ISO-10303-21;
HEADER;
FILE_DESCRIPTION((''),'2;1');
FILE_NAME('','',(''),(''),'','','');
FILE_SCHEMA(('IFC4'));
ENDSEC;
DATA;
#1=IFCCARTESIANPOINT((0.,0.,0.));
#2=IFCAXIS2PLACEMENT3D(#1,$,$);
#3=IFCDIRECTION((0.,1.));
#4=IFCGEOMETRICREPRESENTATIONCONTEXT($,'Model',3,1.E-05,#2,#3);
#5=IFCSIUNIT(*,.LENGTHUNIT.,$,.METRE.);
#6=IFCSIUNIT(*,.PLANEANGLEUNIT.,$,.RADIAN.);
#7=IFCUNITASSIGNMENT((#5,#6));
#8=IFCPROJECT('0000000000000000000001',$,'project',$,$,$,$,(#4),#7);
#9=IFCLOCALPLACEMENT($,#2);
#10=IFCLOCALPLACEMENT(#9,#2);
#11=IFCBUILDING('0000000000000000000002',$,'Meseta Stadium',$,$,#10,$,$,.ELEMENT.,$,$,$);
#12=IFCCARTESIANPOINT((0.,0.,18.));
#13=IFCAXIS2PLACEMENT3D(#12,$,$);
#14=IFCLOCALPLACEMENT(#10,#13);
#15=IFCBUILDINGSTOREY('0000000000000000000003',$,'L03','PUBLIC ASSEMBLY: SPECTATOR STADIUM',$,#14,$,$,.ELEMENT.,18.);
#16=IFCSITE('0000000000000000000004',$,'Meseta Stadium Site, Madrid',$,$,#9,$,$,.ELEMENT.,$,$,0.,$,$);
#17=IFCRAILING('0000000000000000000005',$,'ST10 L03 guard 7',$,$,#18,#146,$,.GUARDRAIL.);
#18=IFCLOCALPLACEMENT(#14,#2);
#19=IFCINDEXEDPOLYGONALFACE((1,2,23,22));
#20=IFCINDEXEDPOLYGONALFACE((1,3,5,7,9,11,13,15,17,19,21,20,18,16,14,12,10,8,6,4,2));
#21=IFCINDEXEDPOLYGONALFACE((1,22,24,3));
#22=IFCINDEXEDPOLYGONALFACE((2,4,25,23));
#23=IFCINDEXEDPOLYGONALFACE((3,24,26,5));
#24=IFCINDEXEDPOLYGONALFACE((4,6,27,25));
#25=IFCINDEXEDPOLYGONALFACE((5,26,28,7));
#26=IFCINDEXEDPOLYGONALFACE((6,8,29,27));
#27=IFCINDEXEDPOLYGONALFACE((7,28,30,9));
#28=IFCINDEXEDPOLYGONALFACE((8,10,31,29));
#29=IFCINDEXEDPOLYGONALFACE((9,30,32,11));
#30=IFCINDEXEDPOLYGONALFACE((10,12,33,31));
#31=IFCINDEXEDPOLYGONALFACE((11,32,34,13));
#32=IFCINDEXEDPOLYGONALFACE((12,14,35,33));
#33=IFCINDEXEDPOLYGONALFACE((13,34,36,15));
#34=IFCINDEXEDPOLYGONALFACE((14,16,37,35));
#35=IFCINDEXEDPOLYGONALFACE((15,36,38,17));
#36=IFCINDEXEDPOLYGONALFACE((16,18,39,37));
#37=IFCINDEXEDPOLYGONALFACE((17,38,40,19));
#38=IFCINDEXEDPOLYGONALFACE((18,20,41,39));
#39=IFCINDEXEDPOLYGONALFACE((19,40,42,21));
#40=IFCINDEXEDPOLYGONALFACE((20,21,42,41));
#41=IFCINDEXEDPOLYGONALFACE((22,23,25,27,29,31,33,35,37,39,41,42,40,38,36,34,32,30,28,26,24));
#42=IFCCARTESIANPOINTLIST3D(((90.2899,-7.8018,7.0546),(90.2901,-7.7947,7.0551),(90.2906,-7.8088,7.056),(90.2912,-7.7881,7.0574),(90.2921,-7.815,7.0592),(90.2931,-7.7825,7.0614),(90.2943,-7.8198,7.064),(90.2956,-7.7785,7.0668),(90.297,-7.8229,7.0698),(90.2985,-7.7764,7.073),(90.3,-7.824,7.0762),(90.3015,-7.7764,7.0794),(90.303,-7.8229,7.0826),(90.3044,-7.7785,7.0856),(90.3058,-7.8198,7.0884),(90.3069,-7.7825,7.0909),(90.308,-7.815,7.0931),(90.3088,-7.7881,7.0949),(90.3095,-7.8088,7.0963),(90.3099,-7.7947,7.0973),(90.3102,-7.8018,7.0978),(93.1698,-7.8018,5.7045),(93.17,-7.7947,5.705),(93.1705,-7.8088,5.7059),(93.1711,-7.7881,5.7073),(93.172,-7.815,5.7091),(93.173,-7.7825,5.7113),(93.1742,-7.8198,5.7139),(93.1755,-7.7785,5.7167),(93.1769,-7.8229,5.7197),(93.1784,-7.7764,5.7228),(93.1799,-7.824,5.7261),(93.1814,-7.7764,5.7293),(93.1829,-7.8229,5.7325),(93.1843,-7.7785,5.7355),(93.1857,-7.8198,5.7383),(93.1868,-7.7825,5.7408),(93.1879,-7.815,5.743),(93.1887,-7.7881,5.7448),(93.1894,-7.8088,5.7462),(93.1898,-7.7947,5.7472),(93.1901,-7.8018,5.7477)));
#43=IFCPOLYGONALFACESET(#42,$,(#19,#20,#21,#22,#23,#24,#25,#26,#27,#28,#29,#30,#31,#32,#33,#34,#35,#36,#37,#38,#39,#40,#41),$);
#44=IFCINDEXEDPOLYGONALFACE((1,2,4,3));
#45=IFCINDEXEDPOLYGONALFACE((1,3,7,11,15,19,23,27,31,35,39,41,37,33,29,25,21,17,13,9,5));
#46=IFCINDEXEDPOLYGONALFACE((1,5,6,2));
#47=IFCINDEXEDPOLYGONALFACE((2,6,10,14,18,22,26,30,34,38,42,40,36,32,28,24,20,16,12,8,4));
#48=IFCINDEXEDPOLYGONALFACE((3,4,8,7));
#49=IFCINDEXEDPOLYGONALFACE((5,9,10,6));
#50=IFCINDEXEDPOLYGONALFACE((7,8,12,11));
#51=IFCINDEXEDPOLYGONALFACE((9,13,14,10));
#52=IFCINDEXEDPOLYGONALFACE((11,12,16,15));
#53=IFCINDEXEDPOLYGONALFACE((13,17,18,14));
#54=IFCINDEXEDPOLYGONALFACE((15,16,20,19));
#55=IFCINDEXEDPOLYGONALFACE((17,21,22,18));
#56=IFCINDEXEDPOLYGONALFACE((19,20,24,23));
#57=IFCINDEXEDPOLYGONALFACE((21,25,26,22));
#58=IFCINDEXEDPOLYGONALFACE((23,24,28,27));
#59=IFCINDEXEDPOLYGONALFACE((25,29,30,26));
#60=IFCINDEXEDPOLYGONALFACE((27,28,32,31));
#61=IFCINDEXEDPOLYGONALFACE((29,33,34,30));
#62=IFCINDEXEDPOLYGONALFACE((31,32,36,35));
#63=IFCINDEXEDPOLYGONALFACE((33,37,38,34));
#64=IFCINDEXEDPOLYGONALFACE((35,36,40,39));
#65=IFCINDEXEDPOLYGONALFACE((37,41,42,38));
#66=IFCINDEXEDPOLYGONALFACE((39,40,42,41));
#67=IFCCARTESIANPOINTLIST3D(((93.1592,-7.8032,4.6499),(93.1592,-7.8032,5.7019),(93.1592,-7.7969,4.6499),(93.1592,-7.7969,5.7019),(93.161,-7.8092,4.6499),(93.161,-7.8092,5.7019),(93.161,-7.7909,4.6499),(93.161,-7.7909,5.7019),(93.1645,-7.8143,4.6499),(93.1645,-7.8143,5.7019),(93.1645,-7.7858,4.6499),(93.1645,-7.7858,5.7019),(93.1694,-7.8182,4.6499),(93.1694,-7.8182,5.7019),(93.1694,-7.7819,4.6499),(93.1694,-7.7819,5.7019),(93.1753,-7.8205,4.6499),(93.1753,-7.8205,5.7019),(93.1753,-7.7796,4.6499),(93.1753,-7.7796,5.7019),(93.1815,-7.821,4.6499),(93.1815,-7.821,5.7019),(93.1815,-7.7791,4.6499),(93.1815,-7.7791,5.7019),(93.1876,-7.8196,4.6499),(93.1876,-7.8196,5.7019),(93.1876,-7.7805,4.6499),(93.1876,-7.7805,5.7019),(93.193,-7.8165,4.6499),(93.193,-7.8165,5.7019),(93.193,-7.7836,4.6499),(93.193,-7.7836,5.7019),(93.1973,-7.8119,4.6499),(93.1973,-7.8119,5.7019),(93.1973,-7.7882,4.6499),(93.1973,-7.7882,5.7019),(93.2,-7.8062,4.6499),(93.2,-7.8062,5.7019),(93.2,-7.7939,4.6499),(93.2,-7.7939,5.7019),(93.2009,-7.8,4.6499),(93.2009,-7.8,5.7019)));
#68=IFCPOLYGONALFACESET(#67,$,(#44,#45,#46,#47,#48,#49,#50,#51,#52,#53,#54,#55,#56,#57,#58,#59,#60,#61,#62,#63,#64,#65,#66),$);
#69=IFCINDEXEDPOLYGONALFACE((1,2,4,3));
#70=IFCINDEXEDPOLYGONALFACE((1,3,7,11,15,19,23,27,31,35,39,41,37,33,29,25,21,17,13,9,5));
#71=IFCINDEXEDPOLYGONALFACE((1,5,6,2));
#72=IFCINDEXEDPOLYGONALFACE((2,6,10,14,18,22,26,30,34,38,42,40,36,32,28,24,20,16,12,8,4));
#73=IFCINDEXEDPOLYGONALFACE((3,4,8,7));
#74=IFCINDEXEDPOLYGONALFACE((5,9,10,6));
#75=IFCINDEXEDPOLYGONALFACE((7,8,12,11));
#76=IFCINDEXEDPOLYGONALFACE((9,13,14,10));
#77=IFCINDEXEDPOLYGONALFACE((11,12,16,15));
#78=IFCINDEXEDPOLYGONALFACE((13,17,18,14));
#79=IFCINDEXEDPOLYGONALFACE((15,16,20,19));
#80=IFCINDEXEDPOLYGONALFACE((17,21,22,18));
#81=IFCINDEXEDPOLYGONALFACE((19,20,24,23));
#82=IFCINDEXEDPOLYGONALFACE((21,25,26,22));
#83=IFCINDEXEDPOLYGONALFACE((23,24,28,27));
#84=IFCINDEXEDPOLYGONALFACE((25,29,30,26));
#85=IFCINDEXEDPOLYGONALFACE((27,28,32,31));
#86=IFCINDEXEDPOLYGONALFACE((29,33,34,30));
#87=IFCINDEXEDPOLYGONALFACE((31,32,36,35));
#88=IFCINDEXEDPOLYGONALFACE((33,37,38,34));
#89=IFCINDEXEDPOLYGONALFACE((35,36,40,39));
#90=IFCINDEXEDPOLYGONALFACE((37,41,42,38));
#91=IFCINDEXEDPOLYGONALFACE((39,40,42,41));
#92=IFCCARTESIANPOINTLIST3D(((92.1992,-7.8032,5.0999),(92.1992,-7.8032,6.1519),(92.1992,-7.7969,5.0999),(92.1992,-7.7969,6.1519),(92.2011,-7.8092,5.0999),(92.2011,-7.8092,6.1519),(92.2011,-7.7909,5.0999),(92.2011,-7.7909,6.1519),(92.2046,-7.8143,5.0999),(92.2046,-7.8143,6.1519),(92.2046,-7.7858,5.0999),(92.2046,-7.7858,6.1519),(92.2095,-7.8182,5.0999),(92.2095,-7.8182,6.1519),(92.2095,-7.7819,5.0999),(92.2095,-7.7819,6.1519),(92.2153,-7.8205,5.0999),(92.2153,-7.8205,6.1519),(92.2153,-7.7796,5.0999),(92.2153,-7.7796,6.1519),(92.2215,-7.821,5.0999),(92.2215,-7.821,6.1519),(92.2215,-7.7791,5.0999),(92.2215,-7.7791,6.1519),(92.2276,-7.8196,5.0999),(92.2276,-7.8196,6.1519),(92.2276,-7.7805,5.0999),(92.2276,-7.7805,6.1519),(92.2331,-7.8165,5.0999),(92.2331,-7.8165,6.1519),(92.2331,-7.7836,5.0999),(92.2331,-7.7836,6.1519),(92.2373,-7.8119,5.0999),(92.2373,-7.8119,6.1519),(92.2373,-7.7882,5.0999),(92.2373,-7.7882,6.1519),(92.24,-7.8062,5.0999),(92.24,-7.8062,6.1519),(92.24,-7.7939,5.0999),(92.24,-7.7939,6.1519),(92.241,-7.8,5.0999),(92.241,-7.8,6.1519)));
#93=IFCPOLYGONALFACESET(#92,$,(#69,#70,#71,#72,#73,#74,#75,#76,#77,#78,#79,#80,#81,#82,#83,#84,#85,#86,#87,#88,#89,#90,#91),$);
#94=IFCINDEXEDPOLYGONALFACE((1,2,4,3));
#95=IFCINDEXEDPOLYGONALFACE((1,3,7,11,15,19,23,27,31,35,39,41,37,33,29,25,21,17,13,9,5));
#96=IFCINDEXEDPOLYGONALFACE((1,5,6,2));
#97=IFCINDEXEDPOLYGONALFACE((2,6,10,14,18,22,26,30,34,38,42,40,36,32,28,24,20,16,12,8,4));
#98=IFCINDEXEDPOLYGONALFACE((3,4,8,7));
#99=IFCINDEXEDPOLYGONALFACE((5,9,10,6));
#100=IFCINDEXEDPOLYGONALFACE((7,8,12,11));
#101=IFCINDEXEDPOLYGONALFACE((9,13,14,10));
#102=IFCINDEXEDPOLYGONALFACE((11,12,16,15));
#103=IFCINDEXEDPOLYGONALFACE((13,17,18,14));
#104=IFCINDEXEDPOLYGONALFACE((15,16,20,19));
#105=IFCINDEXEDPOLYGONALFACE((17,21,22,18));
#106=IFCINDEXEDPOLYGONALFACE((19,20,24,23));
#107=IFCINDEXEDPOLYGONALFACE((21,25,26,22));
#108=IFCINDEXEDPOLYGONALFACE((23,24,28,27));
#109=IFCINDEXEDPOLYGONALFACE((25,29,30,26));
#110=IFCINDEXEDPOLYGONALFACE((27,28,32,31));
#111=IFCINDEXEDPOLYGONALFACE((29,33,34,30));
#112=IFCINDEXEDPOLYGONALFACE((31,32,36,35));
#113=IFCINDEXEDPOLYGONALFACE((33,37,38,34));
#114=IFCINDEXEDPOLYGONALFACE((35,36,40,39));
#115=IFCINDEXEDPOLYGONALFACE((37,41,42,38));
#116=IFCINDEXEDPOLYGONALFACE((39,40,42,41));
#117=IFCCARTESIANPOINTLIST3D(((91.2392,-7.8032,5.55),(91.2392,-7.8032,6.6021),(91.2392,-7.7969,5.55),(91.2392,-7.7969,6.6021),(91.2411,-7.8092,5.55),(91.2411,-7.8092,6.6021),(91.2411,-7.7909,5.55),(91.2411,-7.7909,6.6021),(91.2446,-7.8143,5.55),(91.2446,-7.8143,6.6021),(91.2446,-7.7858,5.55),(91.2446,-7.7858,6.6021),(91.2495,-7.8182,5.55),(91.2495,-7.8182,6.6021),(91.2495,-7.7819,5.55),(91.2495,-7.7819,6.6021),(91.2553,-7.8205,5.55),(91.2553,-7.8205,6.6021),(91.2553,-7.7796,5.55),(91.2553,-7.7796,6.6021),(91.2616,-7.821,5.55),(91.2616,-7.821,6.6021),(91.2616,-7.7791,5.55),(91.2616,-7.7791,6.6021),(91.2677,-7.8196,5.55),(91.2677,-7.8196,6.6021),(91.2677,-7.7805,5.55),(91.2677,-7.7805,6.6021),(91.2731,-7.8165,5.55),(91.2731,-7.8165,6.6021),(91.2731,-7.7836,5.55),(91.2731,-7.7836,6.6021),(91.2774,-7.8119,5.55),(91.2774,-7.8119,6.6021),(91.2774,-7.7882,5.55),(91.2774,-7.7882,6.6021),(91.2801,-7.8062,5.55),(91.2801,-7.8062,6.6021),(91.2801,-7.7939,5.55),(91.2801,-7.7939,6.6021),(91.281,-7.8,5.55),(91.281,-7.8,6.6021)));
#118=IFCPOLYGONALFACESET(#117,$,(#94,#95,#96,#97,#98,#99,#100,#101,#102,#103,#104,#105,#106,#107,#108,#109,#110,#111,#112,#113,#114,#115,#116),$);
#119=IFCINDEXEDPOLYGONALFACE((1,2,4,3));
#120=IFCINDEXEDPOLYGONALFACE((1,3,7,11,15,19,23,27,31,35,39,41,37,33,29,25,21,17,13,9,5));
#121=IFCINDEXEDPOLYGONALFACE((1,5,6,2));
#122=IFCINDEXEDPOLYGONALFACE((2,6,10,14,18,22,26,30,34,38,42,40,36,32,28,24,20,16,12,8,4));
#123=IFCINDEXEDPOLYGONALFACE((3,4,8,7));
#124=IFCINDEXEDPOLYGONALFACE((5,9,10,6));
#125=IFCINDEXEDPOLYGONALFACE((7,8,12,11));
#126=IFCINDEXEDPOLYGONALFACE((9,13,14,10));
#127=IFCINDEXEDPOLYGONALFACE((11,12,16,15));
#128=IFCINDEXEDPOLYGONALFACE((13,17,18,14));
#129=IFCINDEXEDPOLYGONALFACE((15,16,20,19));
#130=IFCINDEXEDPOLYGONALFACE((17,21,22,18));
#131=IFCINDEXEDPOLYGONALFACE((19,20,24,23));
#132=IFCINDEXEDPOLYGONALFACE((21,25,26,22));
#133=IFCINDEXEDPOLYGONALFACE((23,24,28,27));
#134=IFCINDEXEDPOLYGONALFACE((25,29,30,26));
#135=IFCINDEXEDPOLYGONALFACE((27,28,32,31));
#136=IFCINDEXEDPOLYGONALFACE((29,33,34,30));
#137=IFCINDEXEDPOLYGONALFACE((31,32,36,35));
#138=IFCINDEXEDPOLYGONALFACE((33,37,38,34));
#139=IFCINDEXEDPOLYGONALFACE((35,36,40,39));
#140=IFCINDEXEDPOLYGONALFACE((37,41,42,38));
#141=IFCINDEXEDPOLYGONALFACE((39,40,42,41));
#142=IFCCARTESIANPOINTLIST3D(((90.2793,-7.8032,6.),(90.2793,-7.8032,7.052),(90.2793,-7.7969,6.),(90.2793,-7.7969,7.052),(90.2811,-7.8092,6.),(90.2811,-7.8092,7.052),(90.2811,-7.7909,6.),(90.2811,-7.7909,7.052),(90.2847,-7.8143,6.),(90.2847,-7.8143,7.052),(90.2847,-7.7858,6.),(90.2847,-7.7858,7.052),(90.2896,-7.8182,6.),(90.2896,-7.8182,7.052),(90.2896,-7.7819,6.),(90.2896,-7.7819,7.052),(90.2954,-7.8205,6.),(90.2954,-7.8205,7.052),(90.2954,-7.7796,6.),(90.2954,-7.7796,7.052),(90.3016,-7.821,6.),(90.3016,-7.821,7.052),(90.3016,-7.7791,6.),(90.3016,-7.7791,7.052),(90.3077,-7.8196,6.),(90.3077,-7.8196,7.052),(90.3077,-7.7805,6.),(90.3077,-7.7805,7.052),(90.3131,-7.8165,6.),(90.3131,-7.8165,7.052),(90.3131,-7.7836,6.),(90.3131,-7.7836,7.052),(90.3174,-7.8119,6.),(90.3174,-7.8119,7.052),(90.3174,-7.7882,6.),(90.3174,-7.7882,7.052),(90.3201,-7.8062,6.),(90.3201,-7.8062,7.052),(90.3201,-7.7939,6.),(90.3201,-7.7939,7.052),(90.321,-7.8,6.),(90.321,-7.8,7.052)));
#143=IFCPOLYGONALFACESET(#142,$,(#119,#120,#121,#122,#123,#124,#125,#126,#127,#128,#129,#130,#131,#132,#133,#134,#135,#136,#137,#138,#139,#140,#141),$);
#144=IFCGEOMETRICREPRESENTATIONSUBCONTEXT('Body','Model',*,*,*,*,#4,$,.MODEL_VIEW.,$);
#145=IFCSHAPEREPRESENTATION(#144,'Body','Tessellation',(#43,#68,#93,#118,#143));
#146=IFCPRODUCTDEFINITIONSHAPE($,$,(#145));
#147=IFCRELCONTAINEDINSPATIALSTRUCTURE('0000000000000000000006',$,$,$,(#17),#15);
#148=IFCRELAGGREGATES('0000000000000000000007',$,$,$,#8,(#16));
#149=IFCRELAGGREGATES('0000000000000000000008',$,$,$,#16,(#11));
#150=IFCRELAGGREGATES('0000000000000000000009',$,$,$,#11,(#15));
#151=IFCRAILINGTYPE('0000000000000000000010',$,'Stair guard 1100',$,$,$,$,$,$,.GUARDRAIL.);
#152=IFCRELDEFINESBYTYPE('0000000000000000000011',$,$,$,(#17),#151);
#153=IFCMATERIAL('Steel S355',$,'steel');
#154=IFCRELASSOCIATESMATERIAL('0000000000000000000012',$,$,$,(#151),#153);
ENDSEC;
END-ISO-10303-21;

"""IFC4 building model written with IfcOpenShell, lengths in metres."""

from ifc_helpers import new_model, si_unit, direction, frame, origin, origin_2d, place, context, subcontext, project, spatial, circle, extrude, material, type_object, element, save


model = new_model("IFC4")

# Units and contexts
model_context = context("Model", 3, precision=1e-05, world=origin(), true_north=direction((0.0, 1.0)))
body_context = subcontext(model_context, "Body", "Model", "MODEL_VIEW")
ifc_project = project(units=[si_unit("LENGTHUNIT", "METRE"), si_unit("PLANEANGLEUNIT", "RADIAN")], contexts=[model_context])

# Site, building, storey
site_placement = place(None, origin())
site = spatial("IfcSite", under=ifc_project, at=site_placement, Name="Meseta Stadium Site, Madrid", CompositionType="ELEMENT", RefElevation=0.0)
building_placement = place(site_placement, origin())
building = spatial("IfcBuilding", under=site, at=building_placement, Name="Meseta Stadium", CompositionType="ELEMENT")
storey_placement = place(building_placement, frame((0.0, 0.0, 18.0)))
storey = spatial("IfcBuildingStorey", under=building, at=storey_placement, Name="L03", Description="PUBLIC ASSEMBLY: SPECTATOR STADIUM", CompositionType="ELEMENT", Elevation=18.0)

# Railing
ifc_material_1 = material(Name="Steel S355", Category="steel")
railing_type_1 = type_object("IfcRailingType", Name="Stair guard 1100", PredefinedType="GUARDRAIL", material=ifc_material_1)
for number, where, name in (
    (1, (93.1799, -7.8, 4.6499), "ST10 L03 guard 7"),
):
    element("IfcRailing", number, at=place(storey_placement, frame(where)), inside=storey, type_object=railing_type_1, Name=name, PredefinedType="GUARDRAIL", context=body_context, shape_type="SweptSolid", body=[
        extrude(circle(Radius=0.0239, at=origin_2d()), frame((0.0, 0.0, 1.0762), z_axis=(-0.90544, 0.0, 0.424473), x_axis=(0.0, -1.0, 0.0)), (0.0, 0.0, 1.0), 3.1807),
        extrude(circle(Radius=0.021, at=origin_2d()), origin(), (0.0, 0.0, 1.0), 1.052),
        extrude(circle(Radius=0.021, at=origin_2d()), frame((-0.96, 0.0, 0.45)), (0.0, 0.0, 1.0), 1.052),
        extrude(circle(Radius=0.021, at=origin_2d()), frame((-1.9199, 0.0, 0.9001)), (0.0, 0.0, 1.0), 1.052),
        extrude(circle(Radius=0.021, at=origin_2d()), frame((-2.8799, 0.0, 1.3501)), (0.0, 0.0, 1.0), 1.052),
    ])

save(model, "model.ifc")
